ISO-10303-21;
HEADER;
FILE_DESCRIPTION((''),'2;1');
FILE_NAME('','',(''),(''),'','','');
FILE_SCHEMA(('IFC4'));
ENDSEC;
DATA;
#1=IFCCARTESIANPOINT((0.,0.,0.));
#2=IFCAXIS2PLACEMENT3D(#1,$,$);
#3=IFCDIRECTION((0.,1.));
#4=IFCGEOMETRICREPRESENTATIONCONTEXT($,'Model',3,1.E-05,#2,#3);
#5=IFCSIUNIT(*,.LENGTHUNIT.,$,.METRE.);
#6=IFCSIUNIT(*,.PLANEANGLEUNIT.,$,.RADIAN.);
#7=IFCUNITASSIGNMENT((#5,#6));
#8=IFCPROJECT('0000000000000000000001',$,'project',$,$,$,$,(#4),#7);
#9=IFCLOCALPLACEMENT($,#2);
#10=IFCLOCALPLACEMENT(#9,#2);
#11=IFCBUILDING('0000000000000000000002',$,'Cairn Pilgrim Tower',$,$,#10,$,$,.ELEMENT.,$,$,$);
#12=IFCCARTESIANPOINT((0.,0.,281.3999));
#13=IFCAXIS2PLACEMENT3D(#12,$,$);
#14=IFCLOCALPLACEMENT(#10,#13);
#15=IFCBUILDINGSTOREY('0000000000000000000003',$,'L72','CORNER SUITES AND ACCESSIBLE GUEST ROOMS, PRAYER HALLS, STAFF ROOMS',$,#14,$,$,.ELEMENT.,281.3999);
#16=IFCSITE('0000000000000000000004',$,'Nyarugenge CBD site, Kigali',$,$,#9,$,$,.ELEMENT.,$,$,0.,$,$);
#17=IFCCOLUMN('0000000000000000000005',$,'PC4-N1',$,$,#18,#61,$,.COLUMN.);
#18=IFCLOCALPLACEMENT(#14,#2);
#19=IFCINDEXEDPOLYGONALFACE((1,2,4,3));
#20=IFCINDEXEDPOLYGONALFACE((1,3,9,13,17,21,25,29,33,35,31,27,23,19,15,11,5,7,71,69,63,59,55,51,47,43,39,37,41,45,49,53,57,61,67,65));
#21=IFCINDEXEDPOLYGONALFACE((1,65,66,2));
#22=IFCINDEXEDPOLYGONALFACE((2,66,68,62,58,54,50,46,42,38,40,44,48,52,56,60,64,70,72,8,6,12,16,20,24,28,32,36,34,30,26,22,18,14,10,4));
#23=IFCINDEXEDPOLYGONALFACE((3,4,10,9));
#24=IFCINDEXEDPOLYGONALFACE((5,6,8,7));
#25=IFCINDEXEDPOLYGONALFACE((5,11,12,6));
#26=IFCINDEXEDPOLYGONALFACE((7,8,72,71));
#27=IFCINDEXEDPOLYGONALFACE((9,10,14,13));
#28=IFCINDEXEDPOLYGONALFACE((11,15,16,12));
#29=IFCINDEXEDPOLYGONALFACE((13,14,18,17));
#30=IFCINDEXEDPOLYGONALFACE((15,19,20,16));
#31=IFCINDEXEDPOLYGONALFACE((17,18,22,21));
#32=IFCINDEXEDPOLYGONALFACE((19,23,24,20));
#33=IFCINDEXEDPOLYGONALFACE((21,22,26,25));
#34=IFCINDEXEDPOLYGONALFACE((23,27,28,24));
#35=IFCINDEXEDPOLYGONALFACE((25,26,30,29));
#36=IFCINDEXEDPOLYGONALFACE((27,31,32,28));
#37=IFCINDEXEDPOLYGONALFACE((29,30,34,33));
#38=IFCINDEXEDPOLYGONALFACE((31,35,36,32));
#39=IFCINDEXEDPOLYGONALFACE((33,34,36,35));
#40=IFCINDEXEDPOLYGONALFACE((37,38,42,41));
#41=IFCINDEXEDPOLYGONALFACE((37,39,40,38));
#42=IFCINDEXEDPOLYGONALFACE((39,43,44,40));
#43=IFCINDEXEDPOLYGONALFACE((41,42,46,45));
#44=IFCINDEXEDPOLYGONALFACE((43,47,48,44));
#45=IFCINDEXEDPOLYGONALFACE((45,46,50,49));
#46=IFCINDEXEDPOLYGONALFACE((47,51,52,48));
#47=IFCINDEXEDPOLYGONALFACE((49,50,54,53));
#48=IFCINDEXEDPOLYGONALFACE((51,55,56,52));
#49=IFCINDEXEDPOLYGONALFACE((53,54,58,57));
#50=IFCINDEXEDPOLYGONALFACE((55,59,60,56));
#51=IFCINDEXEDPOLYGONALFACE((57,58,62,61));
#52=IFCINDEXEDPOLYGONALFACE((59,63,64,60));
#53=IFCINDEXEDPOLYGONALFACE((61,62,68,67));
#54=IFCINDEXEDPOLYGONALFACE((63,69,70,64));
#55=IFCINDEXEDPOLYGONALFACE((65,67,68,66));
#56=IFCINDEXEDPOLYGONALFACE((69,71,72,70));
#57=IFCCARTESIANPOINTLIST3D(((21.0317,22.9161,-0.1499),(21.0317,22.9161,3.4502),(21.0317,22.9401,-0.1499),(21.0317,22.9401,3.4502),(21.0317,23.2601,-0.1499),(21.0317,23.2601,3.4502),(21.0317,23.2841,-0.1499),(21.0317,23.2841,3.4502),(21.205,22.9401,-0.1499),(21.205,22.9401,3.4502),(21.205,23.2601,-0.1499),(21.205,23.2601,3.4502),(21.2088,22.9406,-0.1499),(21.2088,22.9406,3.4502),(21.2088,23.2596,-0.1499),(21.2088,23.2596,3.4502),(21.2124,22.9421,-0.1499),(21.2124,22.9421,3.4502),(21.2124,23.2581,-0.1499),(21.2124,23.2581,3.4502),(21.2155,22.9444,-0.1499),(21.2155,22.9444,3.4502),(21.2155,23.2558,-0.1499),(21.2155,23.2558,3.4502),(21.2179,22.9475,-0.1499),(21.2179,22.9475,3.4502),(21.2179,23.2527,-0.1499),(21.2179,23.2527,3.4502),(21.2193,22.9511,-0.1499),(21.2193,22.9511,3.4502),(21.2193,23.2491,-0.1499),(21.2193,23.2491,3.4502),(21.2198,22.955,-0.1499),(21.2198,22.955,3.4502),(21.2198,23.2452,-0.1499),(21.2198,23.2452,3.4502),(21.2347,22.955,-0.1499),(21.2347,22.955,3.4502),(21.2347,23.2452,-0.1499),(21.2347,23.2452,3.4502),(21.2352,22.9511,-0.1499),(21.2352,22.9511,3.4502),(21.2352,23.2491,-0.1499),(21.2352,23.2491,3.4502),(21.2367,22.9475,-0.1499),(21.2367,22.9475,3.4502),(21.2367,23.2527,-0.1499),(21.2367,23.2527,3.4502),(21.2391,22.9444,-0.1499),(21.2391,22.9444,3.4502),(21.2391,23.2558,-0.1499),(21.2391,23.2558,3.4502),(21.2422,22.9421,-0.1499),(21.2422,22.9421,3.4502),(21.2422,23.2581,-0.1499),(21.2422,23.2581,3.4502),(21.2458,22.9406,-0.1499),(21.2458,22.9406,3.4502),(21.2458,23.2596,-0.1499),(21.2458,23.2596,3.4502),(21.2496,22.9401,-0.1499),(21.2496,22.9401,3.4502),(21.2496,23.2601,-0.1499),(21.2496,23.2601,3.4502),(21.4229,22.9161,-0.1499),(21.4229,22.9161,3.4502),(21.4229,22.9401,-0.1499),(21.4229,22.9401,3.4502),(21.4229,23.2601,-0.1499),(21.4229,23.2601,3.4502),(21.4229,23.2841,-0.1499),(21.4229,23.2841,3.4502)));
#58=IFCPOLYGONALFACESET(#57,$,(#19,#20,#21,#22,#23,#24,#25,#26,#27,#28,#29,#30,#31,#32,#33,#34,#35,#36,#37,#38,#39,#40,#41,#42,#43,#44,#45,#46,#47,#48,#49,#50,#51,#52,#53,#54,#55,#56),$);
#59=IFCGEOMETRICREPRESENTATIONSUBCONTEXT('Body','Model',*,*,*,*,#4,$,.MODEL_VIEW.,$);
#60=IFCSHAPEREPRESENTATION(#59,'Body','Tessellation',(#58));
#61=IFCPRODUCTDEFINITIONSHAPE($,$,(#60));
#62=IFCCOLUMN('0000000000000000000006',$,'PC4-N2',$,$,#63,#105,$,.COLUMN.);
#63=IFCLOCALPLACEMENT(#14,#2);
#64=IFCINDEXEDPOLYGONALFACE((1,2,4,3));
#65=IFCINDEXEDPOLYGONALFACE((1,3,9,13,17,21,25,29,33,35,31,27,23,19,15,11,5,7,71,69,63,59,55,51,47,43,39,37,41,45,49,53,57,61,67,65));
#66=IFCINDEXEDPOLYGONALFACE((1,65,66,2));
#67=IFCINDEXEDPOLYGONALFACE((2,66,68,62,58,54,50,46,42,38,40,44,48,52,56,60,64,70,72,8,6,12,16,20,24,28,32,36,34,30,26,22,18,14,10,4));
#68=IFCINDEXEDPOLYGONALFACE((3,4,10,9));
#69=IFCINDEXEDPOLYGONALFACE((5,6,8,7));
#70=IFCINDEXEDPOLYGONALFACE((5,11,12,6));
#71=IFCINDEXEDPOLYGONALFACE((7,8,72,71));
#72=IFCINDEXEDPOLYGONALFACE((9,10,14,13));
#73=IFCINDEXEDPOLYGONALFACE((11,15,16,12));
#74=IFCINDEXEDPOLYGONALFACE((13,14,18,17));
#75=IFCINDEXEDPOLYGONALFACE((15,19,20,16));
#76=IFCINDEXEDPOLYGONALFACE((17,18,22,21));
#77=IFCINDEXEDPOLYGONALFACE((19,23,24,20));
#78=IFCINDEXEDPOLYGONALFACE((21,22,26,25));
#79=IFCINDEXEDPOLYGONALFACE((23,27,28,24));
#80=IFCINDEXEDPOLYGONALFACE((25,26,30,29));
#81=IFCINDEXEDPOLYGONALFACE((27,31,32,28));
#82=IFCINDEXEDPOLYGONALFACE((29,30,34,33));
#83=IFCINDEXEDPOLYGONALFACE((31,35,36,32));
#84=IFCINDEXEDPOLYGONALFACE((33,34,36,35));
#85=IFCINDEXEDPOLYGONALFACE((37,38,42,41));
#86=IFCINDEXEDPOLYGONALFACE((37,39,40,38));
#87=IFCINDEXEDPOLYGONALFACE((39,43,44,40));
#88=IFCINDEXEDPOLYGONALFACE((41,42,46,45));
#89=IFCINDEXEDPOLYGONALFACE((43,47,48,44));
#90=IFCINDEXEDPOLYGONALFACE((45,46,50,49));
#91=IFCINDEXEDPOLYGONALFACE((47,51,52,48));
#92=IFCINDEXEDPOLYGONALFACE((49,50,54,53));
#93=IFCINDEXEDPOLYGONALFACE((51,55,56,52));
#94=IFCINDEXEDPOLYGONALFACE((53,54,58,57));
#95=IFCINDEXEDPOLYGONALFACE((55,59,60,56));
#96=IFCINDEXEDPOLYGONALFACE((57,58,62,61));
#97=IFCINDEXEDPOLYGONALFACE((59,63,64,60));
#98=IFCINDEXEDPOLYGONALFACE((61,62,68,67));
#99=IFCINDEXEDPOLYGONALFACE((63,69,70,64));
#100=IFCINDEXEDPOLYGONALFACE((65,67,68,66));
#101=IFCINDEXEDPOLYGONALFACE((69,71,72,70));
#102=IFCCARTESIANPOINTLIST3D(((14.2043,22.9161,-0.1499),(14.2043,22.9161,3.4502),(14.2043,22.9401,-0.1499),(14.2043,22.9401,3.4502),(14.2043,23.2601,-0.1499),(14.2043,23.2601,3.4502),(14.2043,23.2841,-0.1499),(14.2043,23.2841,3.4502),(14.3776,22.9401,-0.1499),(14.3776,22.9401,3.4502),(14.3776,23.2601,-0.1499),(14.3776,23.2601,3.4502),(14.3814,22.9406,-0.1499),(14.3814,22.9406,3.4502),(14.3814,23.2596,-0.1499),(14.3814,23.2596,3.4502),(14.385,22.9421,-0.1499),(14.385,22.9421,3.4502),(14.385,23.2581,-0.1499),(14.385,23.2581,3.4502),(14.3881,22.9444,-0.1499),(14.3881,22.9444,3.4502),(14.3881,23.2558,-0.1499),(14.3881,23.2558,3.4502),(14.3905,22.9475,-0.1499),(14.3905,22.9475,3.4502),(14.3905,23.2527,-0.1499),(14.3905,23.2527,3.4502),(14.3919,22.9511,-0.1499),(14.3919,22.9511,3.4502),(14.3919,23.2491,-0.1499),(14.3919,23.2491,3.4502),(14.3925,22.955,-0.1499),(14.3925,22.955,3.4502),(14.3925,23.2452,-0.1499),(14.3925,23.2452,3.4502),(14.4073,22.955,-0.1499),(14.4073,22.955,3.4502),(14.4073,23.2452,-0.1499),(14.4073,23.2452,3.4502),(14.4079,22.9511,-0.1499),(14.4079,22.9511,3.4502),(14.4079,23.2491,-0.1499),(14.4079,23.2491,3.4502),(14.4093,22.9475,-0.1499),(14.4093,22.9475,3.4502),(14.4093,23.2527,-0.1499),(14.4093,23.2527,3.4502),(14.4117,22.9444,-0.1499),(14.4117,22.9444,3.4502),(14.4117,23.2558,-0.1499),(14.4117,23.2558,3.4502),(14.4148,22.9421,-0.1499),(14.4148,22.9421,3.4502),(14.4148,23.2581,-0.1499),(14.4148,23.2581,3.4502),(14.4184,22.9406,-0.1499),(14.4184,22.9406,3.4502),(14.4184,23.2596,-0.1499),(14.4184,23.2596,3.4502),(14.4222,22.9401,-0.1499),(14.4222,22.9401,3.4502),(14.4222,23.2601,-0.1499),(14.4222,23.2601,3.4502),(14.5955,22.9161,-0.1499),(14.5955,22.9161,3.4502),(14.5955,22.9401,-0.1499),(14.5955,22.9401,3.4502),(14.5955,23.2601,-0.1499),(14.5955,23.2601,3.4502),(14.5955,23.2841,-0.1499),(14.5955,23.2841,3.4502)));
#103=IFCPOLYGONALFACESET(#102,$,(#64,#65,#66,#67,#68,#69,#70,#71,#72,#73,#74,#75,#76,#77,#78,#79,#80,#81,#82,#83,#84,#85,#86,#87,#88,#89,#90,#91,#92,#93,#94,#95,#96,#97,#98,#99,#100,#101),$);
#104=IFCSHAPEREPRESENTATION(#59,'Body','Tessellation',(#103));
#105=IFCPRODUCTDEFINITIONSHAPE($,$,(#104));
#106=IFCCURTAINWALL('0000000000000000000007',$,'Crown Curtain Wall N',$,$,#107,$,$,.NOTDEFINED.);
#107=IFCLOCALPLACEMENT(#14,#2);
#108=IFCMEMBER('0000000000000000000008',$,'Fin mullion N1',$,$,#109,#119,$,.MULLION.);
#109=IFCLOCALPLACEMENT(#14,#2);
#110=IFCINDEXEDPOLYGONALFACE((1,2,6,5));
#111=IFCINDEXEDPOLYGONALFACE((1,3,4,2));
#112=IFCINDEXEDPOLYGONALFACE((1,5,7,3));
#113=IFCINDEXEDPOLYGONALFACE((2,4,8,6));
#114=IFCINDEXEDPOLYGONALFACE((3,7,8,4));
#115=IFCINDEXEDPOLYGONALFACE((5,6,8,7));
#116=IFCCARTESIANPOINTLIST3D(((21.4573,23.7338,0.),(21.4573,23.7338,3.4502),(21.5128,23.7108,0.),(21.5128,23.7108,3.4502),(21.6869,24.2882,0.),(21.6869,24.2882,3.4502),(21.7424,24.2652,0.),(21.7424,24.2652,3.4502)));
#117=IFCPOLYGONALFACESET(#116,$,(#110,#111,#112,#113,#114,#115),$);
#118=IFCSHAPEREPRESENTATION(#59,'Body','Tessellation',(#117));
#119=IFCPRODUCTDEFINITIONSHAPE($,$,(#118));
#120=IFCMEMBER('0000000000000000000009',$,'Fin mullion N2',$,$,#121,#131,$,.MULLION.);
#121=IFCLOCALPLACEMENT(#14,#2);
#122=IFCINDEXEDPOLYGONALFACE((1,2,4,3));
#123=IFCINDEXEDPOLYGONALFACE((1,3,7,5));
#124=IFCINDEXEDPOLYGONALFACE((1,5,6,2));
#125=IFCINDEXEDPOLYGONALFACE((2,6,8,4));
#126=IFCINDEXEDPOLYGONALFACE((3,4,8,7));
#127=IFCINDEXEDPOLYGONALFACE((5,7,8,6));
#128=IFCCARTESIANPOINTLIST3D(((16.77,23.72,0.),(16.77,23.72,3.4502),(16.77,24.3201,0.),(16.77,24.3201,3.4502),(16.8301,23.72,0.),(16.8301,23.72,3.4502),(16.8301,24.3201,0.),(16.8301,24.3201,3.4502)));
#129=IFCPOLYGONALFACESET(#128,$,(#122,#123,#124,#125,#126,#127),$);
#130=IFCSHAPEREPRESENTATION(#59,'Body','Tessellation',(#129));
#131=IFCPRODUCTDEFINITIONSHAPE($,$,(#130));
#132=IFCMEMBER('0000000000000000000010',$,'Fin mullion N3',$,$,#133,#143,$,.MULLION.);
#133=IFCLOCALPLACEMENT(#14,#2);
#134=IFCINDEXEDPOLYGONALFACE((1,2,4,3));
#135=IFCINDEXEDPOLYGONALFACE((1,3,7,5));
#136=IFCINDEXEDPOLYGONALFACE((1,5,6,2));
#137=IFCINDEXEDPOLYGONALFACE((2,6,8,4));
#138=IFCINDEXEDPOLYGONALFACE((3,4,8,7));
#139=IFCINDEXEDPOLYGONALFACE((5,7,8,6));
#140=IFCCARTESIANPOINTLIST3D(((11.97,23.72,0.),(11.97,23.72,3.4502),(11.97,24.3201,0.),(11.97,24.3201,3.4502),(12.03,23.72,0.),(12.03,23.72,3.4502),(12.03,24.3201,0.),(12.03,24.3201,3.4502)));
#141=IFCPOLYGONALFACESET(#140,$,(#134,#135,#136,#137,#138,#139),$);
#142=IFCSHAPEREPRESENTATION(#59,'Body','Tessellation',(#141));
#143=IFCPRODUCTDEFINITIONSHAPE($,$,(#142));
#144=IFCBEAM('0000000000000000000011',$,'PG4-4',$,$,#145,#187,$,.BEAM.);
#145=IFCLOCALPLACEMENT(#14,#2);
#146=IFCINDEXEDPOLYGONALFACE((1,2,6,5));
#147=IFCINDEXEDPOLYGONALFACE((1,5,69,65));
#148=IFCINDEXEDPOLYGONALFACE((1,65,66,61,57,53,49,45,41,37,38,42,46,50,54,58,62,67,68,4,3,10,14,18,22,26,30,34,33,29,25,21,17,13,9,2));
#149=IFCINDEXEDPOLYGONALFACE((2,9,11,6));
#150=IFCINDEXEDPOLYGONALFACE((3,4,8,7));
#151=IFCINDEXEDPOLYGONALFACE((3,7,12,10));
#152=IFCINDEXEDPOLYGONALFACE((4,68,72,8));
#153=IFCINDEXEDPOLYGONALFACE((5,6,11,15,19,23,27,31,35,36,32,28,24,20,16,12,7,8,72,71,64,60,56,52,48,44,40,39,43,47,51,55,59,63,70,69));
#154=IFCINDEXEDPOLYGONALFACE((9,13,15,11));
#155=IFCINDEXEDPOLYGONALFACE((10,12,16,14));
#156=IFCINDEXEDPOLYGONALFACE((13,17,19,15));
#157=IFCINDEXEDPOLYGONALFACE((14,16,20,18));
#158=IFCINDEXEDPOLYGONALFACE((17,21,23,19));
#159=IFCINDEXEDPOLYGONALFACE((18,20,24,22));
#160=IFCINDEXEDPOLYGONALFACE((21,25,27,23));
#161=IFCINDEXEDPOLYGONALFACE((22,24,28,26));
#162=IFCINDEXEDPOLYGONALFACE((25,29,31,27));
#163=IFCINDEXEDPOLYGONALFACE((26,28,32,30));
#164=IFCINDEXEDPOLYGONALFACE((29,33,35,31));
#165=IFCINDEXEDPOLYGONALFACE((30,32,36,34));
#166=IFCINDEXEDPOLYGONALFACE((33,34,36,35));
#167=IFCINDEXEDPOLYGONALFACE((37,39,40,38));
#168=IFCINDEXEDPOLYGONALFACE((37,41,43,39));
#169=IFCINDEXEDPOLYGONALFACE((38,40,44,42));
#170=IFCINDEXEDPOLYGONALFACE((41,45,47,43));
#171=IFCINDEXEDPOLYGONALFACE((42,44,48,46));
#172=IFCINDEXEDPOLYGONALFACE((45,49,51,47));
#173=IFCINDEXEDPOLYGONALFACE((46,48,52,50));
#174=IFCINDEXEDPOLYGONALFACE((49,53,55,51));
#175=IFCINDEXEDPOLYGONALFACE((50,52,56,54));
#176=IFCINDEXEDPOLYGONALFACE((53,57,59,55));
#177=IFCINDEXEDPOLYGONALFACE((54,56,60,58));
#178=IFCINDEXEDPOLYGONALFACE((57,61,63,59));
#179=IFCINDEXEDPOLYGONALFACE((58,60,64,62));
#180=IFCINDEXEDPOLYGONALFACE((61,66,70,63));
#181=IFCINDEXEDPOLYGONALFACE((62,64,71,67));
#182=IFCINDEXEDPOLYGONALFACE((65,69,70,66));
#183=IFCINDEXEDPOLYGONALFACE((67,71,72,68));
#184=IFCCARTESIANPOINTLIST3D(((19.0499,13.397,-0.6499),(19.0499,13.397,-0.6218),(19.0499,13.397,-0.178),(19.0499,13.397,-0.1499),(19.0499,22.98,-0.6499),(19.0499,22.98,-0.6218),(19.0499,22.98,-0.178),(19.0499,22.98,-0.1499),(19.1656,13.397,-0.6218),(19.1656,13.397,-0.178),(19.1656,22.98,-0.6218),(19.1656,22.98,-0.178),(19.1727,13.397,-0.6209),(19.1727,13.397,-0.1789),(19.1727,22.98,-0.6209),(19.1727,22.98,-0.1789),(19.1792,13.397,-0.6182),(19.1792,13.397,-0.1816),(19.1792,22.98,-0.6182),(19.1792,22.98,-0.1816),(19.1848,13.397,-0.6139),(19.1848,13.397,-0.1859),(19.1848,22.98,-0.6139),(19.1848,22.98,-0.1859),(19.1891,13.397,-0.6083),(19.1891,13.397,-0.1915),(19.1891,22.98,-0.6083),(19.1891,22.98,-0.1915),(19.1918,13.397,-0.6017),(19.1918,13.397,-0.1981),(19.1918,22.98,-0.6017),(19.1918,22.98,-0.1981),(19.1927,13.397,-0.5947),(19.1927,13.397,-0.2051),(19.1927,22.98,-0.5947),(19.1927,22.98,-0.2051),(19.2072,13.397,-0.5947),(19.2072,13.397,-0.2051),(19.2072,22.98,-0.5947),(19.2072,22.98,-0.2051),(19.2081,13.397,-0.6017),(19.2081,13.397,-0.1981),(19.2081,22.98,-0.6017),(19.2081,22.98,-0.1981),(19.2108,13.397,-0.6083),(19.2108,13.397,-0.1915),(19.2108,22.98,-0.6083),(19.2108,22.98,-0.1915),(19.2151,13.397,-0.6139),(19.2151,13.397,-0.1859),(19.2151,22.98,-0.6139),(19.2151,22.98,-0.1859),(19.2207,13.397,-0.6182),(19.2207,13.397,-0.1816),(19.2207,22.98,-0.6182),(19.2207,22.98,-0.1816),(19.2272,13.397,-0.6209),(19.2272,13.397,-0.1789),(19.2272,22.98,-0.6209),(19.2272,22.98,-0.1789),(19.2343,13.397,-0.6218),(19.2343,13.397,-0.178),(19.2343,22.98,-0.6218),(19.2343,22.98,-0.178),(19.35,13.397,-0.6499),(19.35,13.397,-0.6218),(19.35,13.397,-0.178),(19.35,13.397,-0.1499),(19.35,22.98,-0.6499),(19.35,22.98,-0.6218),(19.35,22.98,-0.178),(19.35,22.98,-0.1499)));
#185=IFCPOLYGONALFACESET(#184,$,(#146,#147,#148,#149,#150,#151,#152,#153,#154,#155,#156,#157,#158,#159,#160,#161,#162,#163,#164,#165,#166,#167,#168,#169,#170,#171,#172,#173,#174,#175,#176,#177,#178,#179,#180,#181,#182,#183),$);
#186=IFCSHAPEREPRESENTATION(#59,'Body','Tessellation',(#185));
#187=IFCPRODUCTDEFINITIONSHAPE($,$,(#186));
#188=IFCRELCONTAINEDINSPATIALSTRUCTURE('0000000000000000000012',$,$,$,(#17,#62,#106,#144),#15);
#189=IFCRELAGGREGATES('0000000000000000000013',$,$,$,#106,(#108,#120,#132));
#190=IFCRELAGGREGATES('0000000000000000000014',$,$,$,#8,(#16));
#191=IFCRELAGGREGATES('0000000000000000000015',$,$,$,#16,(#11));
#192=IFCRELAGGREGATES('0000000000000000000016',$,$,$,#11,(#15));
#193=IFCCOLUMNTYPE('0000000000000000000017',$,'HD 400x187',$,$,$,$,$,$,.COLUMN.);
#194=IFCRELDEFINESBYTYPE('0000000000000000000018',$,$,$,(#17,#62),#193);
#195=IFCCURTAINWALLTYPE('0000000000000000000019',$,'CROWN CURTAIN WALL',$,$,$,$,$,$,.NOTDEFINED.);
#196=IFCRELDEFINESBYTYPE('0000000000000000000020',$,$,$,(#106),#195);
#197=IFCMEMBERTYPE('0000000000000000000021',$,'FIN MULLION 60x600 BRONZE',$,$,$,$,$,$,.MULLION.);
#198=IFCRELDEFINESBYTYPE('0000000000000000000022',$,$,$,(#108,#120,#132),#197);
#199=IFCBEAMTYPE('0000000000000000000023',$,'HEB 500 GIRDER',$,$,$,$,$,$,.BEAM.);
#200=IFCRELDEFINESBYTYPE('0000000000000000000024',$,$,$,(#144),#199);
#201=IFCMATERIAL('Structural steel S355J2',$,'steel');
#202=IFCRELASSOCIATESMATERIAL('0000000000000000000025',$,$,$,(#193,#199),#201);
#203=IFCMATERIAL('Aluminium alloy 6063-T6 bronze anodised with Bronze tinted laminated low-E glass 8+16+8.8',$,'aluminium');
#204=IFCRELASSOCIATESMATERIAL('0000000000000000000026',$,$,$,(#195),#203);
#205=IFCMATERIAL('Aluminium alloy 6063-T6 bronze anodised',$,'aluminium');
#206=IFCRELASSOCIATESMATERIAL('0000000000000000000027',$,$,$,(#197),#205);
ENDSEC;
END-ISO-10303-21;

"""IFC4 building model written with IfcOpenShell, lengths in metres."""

from ifc_helpers import new_model, si_unit, direction, frame, origin, origin_2d, place, context, subcontext, project, spatial, rectangle, i_section, extrude, material, material_profile, profile_set, type_object, element, aggregate, save


model = new_model("IFC4")

# Units and contexts
model_context = context("Model", 3, precision=1e-05, world=origin(), true_north=direction((0.0, 1.0)))
body_context = subcontext(model_context, "Body", "Model", "MODEL_VIEW")
ifc_project = project(units=[si_unit("LENGTHUNIT", "METRE"), si_unit("PLANEANGLEUNIT", "RADIAN")], contexts=[model_context])

# Site, building, storey
site_placement = place(None, origin())
site = spatial("IfcSite", under=ifc_project, at=site_placement, Name="Nyarugenge CBD site, Kigali", CompositionType="ELEMENT", RefElevation=0.0)
building_placement = place(site_placement, origin())
building = spatial("IfcBuilding", under=site, at=building_placement, Name="Cairn Pilgrim Tower", CompositionType="ELEMENT")
storey_placement = place(building_placement, frame((0.0, 0.0, 281.3999)))
storey = spatial("IfcBuildingStorey", under=building, at=storey_placement, Name="L72", Description="CORNER SUITES AND ACCESSIBLE GUEST ROOMS, PRAYER HALLS, STAFF ROOMS", CompositionType="ELEMENT", Elevation=281.3999)

# Columns
ifc_material_1 = material(Name="Structural steel S355J2", Category="steel")
ifc_material_profile_1 = material_profile(ifc_material_1, i_section(OverallWidth=0.3911, OverallDepth=0.3679, WebThickness=0.0149, FlangeThickness=0.0239, FilletRadius=0.0149, at=origin_2d()), Name="HD 400x187")
ifc_profile_set_1 = profile_set([ifc_material_profile_1], Name="Structural steel S355J2")
column_type = type_object("IfcColumnType", Name="HD 400x187", PredefinedType="COLUMN", material=ifc_profile_set_1)
for number, where, z_axis, x_axis, name in (
    (1, (21.2273, 23.1001, -0.1499), (0.0, 0.0, 1.0), (1.0, 0.0, 0.0), "PC4-N1"),
    (2, (14.3999, 23.1001, -0.1499), (0.0, 0.0, 1.0), (1.0, 0.0, 0.0), "PC4-N2"),
):
    element("IfcColumn", number, at=place(storey_placement, frame(where, z_axis=z_axis, x_axis=x_axis)), inside=storey, type_object=column_type, Name=name, PredefinedType="COLUMN", context=body_context, shape_type="SweptSolid", body=[
        extrude(i_section(OverallWidth=0.3911, OverallDepth=0.3679, WebThickness=0.0149, FlangeThickness=0.0239, FilletRadius=0.0149, at=origin_2d()), origin(), (0.0, 0.0, 1.0), 3.6001),
    ])

# Curtain wall, members
ifc_material_2 = material(Name="Aluminium alloy 6063-T6 bronze anodised with Bronze tinted laminated low-E glass 8+16+8.8", Category="aluminium")
curtain_wall_type = type_object("IfcCurtainWallType", Name="CROWN CURTAIN WALL", PredefinedType="NOTDEFINED", material=ifc_material_2)
curtain_wall_placement = place(storey_placement, origin())
curtain_wall = element("IfcCurtainWall", 3, at=curtain_wall_placement, inside=storey, type_object=curtain_wall_type, Name="Crown Curtain Wall N", PredefinedType="NOTDEFINED")
ifc_material_3 = material(Name="Aluminium alloy 6063-T6 bronze anodised", Category="aluminium")
ifc_material_profile_2 = material_profile(ifc_material_3, rectangle(XDim=0.6001, YDim=0.0601, at=origin_2d()), Name="FIN MULLION 60x600 BRONZE")
ifc_profile_set_2 = profile_set([ifc_material_profile_2], Name="Aluminium alloy 6063-T6 bronze anodised")
member_type_1 = type_object("IfcMemberType", Name="FIN MULLION 60x600 BRONZE", PredefinedType="MULLION", material=ifc_profile_set_2)
member_1_placement = place(storey_placement, frame((21.5999, 23.9995, 0.0), z_axis=(0.0, 0.0, 1.0), x_axis=(0.382683, 0.92388, 0.0)))
member_1 = element("IfcMember", 4, at=member_1_placement, type_object=member_type_1, Name="Fin mullion N1", PredefinedType="MULLION", context=body_context, shape_type="SweptSolid", body=[
    extrude(rectangle(XDim=0.6001, YDim=0.0601, at=origin_2d()), origin(), (0.0, 0.0, 1.0), 3.4502),
])
member_2_placement = place(storey_placement, frame((16.8, 24.02, 0.0), z_axis=(0.0, 0.0, 1.0), x_axis=(0.0, 1.0, 0.0)))
member_2 = element("IfcMember", 5, at=member_2_placement, type_object=member_type_1, Name="Fin mullion N2", PredefinedType="MULLION", context=body_context, shape_type="SweptSolid", body=[
    extrude(rectangle(XDim=0.6001, YDim=0.0601, at=origin_2d()), origin(), (0.0, 0.0, 1.0), 3.4502),
])
member_3_placement = place(storey_placement, frame((12.0, 24.02, 0.0), z_axis=(0.0, 0.0, 1.0), x_axis=(0.0, 1.0, 0.0)))
member_3 = element("IfcMember", 6, at=member_3_placement, type_object=member_type_1, Name="Fin mullion N3", PredefinedType="MULLION", context=body_context, shape_type="SweptSolid", body=[
    extrude(rectangle(XDim=0.6001, YDim=0.0601, at=origin_2d()), origin(), (0.0, 0.0, 1.0), 3.4502),
])

# Beam
ifc_material_profile_3 = material_profile(ifc_material_1, i_section(OverallWidth=0.3, OverallDepth=0.5, WebThickness=0.0144, FlangeThickness=0.0281, FilletRadius=0.0271, at=origin_2d()), Name="HEB 500")
ifc_profile_set_3 = profile_set([ifc_material_profile_3], Name="Structural steel S355J2")
beam_type_1 = type_object("IfcBeamType", Name="HEB 500 GIRDER", PredefinedType="BEAM", material=ifc_profile_set_3)
beam_1_placement = place(storey_placement, frame((19.2, 13.397, -0.3999), z_axis=(0.0, 1.0, 0.0), x_axis=(-1.0, 0.0, 0.0)))
element("IfcBeam", 7, at=beam_1_placement, inside=storey, type_object=beam_type_1, Name="PG4-4", PredefinedType="BEAM", context=body_context, shape_type="SweptSolid", body=[
    extrude(i_section(OverallWidth=0.3, OverallDepth=0.5, WebThickness=0.0144, FlangeThickness=0.0281, FilletRadius=0.0271, at=origin_2d()), origin(), (0.0, 0.0, 1.0), 9.583),
])

aggregate(curtain_wall, [member_1, member_2, member_3])

save(model, "model.ifc")
